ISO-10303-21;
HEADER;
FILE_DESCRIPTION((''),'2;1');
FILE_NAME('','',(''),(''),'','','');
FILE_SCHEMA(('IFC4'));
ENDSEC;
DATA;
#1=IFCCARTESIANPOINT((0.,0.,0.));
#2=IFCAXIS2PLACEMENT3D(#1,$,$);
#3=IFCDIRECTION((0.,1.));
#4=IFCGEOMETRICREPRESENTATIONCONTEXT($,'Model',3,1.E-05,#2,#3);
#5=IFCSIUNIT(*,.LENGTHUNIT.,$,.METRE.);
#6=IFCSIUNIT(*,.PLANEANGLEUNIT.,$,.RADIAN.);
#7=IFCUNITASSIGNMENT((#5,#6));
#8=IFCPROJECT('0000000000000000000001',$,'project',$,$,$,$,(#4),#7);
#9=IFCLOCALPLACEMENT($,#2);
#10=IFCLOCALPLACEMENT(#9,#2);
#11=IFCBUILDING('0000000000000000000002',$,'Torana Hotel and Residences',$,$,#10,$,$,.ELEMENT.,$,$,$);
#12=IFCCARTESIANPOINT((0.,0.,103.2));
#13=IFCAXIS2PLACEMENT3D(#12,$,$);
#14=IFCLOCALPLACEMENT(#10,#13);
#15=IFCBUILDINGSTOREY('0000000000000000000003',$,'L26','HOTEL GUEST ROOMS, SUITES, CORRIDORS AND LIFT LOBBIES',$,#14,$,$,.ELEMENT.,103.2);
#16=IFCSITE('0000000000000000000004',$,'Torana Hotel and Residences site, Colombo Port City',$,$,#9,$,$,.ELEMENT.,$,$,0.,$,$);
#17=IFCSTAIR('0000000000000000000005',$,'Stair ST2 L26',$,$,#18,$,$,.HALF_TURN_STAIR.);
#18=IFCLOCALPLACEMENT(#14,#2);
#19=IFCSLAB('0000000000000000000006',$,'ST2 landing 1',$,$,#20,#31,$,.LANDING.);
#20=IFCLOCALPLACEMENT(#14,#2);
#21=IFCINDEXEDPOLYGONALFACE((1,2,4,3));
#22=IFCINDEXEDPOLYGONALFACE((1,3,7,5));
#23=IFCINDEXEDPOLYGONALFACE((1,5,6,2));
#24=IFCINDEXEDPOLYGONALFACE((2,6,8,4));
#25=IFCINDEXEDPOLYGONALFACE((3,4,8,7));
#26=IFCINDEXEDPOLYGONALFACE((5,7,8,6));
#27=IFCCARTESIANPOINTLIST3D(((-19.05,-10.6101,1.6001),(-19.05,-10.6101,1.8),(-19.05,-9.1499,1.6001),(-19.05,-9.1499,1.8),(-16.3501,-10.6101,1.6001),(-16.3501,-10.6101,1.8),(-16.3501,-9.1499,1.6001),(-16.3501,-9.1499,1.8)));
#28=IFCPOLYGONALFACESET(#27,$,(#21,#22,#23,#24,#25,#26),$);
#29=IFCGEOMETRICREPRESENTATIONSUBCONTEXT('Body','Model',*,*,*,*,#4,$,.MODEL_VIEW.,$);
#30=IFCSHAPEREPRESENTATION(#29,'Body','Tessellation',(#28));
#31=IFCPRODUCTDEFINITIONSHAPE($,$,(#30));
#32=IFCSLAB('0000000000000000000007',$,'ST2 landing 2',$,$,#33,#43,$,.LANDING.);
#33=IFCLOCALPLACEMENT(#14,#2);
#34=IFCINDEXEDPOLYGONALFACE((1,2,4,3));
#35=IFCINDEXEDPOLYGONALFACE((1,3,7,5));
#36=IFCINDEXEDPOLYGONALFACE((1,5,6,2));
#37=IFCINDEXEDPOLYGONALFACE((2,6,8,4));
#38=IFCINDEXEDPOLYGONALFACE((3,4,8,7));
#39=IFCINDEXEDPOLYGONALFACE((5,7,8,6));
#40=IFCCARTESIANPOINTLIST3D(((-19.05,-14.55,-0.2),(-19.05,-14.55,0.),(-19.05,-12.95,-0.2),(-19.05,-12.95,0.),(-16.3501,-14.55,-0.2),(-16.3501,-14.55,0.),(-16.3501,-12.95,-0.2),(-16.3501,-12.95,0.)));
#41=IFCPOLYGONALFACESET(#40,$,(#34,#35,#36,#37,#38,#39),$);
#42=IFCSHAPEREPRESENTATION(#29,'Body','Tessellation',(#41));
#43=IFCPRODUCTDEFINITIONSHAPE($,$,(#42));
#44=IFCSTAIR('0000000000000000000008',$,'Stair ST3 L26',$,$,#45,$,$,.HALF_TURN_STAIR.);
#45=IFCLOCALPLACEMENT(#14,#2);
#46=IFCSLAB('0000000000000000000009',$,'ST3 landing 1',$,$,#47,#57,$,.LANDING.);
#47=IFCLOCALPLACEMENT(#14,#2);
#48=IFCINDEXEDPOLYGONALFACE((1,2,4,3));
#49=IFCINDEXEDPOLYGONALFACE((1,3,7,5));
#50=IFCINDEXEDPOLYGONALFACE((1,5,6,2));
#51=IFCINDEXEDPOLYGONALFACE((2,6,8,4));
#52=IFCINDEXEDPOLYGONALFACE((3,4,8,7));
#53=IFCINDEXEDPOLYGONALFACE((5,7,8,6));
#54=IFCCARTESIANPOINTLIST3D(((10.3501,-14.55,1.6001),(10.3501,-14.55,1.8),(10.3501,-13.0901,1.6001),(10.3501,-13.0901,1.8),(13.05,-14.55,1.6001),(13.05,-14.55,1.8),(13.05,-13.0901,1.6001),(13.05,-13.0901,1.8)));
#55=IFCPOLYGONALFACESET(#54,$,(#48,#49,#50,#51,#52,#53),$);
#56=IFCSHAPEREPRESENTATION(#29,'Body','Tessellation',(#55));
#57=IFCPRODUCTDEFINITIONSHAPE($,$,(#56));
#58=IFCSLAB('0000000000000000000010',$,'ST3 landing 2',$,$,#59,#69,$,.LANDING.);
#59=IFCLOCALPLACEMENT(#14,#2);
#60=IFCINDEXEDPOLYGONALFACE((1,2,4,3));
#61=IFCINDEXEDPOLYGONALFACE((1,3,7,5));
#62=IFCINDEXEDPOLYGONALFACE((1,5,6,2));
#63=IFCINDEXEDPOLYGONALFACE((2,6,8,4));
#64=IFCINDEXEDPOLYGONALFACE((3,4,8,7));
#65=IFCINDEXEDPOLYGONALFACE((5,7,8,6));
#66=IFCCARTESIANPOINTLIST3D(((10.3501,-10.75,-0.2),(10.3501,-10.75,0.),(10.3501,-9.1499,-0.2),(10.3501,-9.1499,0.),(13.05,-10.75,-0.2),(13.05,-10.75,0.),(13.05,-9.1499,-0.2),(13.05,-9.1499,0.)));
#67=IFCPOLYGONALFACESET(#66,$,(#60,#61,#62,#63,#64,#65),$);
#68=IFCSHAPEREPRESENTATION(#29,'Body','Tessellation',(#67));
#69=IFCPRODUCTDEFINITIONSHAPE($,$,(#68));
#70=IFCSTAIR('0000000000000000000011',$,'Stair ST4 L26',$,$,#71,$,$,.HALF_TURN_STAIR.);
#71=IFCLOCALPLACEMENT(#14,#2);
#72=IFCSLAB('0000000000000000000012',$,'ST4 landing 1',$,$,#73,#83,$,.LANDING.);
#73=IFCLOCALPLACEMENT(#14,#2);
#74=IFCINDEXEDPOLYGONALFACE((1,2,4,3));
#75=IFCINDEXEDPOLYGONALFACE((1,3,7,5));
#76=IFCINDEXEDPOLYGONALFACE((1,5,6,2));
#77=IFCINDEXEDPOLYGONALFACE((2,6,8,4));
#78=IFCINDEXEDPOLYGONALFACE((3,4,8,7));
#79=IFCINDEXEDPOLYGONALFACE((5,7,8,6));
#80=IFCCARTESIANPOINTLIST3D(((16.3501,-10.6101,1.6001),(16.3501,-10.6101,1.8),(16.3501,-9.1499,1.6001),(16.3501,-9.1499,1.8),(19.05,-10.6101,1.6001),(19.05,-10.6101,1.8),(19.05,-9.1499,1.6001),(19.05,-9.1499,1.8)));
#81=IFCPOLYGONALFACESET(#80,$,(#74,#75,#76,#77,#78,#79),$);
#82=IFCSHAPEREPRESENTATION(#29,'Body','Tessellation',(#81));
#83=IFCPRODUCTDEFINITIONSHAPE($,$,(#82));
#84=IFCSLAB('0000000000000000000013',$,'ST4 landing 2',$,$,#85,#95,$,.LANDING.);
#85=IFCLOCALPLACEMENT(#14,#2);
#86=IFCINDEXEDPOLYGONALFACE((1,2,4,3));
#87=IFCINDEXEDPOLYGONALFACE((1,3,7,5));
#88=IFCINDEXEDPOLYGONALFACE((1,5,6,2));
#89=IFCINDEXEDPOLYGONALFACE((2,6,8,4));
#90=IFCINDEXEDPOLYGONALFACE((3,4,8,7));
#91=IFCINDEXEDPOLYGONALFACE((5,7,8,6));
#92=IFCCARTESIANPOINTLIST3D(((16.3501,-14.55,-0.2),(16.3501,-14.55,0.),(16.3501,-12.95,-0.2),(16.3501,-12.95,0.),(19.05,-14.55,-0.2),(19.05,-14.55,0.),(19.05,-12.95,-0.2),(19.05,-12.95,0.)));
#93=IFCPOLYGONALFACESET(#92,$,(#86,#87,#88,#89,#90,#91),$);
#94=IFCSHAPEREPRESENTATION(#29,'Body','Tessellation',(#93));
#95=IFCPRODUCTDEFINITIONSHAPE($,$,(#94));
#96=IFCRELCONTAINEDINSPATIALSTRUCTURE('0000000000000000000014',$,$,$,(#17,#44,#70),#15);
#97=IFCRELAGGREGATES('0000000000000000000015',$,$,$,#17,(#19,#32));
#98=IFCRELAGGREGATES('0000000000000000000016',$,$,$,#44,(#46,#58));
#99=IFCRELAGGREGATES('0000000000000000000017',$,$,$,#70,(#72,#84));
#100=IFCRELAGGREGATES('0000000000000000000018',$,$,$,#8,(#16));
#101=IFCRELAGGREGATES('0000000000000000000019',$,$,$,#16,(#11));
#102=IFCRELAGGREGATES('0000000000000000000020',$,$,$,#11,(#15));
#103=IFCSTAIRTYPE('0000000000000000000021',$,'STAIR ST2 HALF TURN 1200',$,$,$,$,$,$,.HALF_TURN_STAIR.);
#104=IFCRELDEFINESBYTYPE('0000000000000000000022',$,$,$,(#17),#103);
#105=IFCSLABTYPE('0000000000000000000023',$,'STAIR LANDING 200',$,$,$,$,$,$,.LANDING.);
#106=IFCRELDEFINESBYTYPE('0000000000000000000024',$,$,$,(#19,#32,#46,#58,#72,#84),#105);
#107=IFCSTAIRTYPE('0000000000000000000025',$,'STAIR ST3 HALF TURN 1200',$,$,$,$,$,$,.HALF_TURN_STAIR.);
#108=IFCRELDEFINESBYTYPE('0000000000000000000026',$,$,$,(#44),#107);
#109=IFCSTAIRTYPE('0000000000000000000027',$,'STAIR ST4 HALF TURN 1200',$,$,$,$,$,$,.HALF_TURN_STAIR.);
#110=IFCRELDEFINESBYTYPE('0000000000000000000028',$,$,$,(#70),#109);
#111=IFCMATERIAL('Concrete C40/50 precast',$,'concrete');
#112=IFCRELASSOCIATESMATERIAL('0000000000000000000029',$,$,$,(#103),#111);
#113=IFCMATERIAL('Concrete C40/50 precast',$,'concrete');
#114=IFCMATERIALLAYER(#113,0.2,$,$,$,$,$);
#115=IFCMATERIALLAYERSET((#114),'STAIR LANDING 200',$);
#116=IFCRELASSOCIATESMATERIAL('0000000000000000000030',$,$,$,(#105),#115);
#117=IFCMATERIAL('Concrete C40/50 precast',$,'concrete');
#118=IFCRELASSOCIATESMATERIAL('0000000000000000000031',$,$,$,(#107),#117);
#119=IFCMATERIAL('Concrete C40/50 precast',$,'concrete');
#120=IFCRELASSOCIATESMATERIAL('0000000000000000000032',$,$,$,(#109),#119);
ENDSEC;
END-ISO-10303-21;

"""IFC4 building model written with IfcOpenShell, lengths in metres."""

from ifc_helpers import new_model, si_unit, direction, frame, origin, place, context, subcontext, project, spatial, polyline, outline, extrude, material, layer, layer_set, type_object, element, aggregate, save


model = new_model("IFC4")

# Units and contexts
model_context = context("Model", 3, precision=1e-05, world=origin(), true_north=direction((0.0, 1.0)))
body_context = subcontext(model_context, "Body", "Model", "MODEL_VIEW")
ifc_project = project(units=[si_unit("LENGTHUNIT", "METRE"), si_unit("PLANEANGLEUNIT", "RADIAN")], contexts=[model_context])

# Site, building, storey
site_placement = place(None, origin())
site = spatial("IfcSite", under=ifc_project, at=site_placement, Name="Torana Hotel and Residences site, Colombo Port City", CompositionType="ELEMENT", RefElevation=0.0)
building_placement = place(site_placement, origin())
building = spatial("IfcBuilding", under=site, at=building_placement, Name="Torana Hotel and Residences", CompositionType="ELEMENT")
storey_placement = place(building_placement, frame((0.0, 0.0, 103.2)))
storey = spatial("IfcBuildingStorey", under=building, at=storey_placement, Name="L26", Description="HOTEL GUEST ROOMS, SUITES, CORRIDORS AND LIFT LOBBIES", CompositionType="ELEMENT", Elevation=103.2)

# Stairs, slabs
ifc_material_1 = material(Name="Concrete C40/50 precast", Category="concrete")
stair_type_1 = type_object("IfcStairType", Name="STAIR ST2 HALF TURN 1200", PredefinedType="HALF_TURN_STAIR", material=ifc_material_1)
stair_1_placement = place(storey_placement, origin())
stair_1 = element("IfcStair", 1, at=stair_1_placement, inside=storey, type_object=stair_type_1, Name="Stair ST2 L26", PredefinedType="HALF_TURN_STAIR")
ifc_material_2 = material(Name="Concrete C40/50 precast", Category="concrete")
ifc_layer_1 = layer(ifc_material_2, 0.2)
ifc_layer_set_1 = layer_set([ifc_layer_1], Name="STAIR LANDING 200")
slab_type = type_object("IfcSlabType", Name="STAIR LANDING 200", PredefinedType="LANDING", material=ifc_layer_set_1)
slab_1_placement = place(storey_placement, frame((0.0, 0.0, 1.6001)))
slab_1 = element("IfcSlab", 2, at=slab_1_placement, type_object=slab_type, Name="ST2 landing 1", PredefinedType="LANDING", context=body_context, shape_type="SweptSolid", body=[
    extrude(outline(polyline([(-19.05, -10.6101), (-16.3501, -10.6101), (-16.3501, -9.1499), (-19.05, -9.1499), (-19.05, -10.6101)])), origin(), (0.0, 0.0, 1.0), 0.2),
])
slab_2_placement = place(storey_placement, frame((0.0, 0.0, -0.2)))
slab_2 = element("IfcSlab", 3, at=slab_2_placement, type_object=slab_type, Name="ST2 landing 2", PredefinedType="LANDING", context=body_context, shape_type="SweptSolid", body=[
    extrude(outline(polyline([(-19.05, -14.55), (-16.3501, -14.55), (-16.3501, -12.95), (-19.05, -12.95), (-19.05, -14.55)])), origin(), (0.0, 0.0, 1.0), 0.2),
])
aggregate(stair_1, [slab_1, slab_2])
ifc_material_3 = material(Name="Concrete C40/50 precast", Category="concrete")
stair_type_2 = type_object("IfcStairType", Name="STAIR ST3 HALF TURN 1200", PredefinedType="HALF_TURN_STAIR", material=ifc_material_3)
stair_2_placement = place(storey_placement, origin())
stair_2 = element("IfcStair", 4, at=stair_2_placement, inside=storey, type_object=stair_type_2, Name="Stair ST3 L26", PredefinedType="HALF_TURN_STAIR")
slab_3_placement = place(storey_placement, frame((0.0, 0.0, 1.6001)))
slab_3 = element("IfcSlab", 5, at=slab_3_placement, type_object=slab_type, Name="ST3 landing 1", PredefinedType="LANDING", context=body_context, shape_type="SweptSolid", body=[
    extrude(outline(polyline([(10.3501, -14.55), (13.05, -14.55), (13.05, -13.0901), (10.3501, -13.0901), (10.3501, -14.55)])), origin(), (0.0, 0.0, 1.0), 0.2),
])
slab_4_placement = place(storey_placement, frame((0.0, 0.0, -0.2)))
slab_4 = element("IfcSlab", 6, at=slab_4_placement, type_object=slab_type, Name="ST3 landing 2", PredefinedType="LANDING", context=body_context, shape_type="SweptSolid", body=[
    extrude(outline(polyline([(10.3501, -10.75), (13.05, -10.75), (13.05, -9.1499), (10.3501, -9.1499), (10.3501, -10.75)])), origin(), (0.0, 0.0, 1.0), 0.2),
])
aggregate(stair_2, [slab_3, slab_4])
ifc_material_4 = material(Name="Concrete C40/50 precast", Category="concrete")
stair_type_3 = type_object("IfcStairType", Name="STAIR ST4 HALF TURN 1200", PredefinedType="HALF_TURN_STAIR", material=ifc_material_4)
stair_3_placement = place(storey_placement, origin())
stair_3 = element("IfcStair", 7, at=stair_3_placement, inside=storey, type_object=stair_type_3, Name="Stair ST4 L26", PredefinedType="HALF_TURN_STAIR")
slab_5_placement = place(storey_placement, frame((0.0, 0.0, 1.6001)))
slab_5 = element("IfcSlab", 8, at=slab_5_placement, type_object=slab_type, Name="ST4 landing 1", PredefinedType="LANDING", context=body_context, shape_type="SweptSolid", body=[
    extrude(outline(polyline([(16.3501, -10.6101), (19.05, -10.6101), (19.05, -9.1499), (16.3501, -9.1499), (16.3501, -10.6101)])), origin(), (0.0, 0.0, 1.0), 0.2),
])
slab_6_placement = place(storey_placement, frame((0.0, 0.0, -0.2)))
slab_6 = element("IfcSlab", 9, at=slab_6_placement, type_object=slab_type, Name="ST4 landing 2", PredefinedType="LANDING", context=body_context, shape_type="SweptSolid", body=[
    extrude(outline(polyline([(16.3501, -14.55), (19.05, -14.55), (19.05, -12.95), (16.3501, -12.95), (16.3501, -14.55)])), origin(), (0.0, 0.0, 1.0), 0.2),
])
aggregate(stair_3, [slab_5, slab_6])

save(model, "model.ifc")
